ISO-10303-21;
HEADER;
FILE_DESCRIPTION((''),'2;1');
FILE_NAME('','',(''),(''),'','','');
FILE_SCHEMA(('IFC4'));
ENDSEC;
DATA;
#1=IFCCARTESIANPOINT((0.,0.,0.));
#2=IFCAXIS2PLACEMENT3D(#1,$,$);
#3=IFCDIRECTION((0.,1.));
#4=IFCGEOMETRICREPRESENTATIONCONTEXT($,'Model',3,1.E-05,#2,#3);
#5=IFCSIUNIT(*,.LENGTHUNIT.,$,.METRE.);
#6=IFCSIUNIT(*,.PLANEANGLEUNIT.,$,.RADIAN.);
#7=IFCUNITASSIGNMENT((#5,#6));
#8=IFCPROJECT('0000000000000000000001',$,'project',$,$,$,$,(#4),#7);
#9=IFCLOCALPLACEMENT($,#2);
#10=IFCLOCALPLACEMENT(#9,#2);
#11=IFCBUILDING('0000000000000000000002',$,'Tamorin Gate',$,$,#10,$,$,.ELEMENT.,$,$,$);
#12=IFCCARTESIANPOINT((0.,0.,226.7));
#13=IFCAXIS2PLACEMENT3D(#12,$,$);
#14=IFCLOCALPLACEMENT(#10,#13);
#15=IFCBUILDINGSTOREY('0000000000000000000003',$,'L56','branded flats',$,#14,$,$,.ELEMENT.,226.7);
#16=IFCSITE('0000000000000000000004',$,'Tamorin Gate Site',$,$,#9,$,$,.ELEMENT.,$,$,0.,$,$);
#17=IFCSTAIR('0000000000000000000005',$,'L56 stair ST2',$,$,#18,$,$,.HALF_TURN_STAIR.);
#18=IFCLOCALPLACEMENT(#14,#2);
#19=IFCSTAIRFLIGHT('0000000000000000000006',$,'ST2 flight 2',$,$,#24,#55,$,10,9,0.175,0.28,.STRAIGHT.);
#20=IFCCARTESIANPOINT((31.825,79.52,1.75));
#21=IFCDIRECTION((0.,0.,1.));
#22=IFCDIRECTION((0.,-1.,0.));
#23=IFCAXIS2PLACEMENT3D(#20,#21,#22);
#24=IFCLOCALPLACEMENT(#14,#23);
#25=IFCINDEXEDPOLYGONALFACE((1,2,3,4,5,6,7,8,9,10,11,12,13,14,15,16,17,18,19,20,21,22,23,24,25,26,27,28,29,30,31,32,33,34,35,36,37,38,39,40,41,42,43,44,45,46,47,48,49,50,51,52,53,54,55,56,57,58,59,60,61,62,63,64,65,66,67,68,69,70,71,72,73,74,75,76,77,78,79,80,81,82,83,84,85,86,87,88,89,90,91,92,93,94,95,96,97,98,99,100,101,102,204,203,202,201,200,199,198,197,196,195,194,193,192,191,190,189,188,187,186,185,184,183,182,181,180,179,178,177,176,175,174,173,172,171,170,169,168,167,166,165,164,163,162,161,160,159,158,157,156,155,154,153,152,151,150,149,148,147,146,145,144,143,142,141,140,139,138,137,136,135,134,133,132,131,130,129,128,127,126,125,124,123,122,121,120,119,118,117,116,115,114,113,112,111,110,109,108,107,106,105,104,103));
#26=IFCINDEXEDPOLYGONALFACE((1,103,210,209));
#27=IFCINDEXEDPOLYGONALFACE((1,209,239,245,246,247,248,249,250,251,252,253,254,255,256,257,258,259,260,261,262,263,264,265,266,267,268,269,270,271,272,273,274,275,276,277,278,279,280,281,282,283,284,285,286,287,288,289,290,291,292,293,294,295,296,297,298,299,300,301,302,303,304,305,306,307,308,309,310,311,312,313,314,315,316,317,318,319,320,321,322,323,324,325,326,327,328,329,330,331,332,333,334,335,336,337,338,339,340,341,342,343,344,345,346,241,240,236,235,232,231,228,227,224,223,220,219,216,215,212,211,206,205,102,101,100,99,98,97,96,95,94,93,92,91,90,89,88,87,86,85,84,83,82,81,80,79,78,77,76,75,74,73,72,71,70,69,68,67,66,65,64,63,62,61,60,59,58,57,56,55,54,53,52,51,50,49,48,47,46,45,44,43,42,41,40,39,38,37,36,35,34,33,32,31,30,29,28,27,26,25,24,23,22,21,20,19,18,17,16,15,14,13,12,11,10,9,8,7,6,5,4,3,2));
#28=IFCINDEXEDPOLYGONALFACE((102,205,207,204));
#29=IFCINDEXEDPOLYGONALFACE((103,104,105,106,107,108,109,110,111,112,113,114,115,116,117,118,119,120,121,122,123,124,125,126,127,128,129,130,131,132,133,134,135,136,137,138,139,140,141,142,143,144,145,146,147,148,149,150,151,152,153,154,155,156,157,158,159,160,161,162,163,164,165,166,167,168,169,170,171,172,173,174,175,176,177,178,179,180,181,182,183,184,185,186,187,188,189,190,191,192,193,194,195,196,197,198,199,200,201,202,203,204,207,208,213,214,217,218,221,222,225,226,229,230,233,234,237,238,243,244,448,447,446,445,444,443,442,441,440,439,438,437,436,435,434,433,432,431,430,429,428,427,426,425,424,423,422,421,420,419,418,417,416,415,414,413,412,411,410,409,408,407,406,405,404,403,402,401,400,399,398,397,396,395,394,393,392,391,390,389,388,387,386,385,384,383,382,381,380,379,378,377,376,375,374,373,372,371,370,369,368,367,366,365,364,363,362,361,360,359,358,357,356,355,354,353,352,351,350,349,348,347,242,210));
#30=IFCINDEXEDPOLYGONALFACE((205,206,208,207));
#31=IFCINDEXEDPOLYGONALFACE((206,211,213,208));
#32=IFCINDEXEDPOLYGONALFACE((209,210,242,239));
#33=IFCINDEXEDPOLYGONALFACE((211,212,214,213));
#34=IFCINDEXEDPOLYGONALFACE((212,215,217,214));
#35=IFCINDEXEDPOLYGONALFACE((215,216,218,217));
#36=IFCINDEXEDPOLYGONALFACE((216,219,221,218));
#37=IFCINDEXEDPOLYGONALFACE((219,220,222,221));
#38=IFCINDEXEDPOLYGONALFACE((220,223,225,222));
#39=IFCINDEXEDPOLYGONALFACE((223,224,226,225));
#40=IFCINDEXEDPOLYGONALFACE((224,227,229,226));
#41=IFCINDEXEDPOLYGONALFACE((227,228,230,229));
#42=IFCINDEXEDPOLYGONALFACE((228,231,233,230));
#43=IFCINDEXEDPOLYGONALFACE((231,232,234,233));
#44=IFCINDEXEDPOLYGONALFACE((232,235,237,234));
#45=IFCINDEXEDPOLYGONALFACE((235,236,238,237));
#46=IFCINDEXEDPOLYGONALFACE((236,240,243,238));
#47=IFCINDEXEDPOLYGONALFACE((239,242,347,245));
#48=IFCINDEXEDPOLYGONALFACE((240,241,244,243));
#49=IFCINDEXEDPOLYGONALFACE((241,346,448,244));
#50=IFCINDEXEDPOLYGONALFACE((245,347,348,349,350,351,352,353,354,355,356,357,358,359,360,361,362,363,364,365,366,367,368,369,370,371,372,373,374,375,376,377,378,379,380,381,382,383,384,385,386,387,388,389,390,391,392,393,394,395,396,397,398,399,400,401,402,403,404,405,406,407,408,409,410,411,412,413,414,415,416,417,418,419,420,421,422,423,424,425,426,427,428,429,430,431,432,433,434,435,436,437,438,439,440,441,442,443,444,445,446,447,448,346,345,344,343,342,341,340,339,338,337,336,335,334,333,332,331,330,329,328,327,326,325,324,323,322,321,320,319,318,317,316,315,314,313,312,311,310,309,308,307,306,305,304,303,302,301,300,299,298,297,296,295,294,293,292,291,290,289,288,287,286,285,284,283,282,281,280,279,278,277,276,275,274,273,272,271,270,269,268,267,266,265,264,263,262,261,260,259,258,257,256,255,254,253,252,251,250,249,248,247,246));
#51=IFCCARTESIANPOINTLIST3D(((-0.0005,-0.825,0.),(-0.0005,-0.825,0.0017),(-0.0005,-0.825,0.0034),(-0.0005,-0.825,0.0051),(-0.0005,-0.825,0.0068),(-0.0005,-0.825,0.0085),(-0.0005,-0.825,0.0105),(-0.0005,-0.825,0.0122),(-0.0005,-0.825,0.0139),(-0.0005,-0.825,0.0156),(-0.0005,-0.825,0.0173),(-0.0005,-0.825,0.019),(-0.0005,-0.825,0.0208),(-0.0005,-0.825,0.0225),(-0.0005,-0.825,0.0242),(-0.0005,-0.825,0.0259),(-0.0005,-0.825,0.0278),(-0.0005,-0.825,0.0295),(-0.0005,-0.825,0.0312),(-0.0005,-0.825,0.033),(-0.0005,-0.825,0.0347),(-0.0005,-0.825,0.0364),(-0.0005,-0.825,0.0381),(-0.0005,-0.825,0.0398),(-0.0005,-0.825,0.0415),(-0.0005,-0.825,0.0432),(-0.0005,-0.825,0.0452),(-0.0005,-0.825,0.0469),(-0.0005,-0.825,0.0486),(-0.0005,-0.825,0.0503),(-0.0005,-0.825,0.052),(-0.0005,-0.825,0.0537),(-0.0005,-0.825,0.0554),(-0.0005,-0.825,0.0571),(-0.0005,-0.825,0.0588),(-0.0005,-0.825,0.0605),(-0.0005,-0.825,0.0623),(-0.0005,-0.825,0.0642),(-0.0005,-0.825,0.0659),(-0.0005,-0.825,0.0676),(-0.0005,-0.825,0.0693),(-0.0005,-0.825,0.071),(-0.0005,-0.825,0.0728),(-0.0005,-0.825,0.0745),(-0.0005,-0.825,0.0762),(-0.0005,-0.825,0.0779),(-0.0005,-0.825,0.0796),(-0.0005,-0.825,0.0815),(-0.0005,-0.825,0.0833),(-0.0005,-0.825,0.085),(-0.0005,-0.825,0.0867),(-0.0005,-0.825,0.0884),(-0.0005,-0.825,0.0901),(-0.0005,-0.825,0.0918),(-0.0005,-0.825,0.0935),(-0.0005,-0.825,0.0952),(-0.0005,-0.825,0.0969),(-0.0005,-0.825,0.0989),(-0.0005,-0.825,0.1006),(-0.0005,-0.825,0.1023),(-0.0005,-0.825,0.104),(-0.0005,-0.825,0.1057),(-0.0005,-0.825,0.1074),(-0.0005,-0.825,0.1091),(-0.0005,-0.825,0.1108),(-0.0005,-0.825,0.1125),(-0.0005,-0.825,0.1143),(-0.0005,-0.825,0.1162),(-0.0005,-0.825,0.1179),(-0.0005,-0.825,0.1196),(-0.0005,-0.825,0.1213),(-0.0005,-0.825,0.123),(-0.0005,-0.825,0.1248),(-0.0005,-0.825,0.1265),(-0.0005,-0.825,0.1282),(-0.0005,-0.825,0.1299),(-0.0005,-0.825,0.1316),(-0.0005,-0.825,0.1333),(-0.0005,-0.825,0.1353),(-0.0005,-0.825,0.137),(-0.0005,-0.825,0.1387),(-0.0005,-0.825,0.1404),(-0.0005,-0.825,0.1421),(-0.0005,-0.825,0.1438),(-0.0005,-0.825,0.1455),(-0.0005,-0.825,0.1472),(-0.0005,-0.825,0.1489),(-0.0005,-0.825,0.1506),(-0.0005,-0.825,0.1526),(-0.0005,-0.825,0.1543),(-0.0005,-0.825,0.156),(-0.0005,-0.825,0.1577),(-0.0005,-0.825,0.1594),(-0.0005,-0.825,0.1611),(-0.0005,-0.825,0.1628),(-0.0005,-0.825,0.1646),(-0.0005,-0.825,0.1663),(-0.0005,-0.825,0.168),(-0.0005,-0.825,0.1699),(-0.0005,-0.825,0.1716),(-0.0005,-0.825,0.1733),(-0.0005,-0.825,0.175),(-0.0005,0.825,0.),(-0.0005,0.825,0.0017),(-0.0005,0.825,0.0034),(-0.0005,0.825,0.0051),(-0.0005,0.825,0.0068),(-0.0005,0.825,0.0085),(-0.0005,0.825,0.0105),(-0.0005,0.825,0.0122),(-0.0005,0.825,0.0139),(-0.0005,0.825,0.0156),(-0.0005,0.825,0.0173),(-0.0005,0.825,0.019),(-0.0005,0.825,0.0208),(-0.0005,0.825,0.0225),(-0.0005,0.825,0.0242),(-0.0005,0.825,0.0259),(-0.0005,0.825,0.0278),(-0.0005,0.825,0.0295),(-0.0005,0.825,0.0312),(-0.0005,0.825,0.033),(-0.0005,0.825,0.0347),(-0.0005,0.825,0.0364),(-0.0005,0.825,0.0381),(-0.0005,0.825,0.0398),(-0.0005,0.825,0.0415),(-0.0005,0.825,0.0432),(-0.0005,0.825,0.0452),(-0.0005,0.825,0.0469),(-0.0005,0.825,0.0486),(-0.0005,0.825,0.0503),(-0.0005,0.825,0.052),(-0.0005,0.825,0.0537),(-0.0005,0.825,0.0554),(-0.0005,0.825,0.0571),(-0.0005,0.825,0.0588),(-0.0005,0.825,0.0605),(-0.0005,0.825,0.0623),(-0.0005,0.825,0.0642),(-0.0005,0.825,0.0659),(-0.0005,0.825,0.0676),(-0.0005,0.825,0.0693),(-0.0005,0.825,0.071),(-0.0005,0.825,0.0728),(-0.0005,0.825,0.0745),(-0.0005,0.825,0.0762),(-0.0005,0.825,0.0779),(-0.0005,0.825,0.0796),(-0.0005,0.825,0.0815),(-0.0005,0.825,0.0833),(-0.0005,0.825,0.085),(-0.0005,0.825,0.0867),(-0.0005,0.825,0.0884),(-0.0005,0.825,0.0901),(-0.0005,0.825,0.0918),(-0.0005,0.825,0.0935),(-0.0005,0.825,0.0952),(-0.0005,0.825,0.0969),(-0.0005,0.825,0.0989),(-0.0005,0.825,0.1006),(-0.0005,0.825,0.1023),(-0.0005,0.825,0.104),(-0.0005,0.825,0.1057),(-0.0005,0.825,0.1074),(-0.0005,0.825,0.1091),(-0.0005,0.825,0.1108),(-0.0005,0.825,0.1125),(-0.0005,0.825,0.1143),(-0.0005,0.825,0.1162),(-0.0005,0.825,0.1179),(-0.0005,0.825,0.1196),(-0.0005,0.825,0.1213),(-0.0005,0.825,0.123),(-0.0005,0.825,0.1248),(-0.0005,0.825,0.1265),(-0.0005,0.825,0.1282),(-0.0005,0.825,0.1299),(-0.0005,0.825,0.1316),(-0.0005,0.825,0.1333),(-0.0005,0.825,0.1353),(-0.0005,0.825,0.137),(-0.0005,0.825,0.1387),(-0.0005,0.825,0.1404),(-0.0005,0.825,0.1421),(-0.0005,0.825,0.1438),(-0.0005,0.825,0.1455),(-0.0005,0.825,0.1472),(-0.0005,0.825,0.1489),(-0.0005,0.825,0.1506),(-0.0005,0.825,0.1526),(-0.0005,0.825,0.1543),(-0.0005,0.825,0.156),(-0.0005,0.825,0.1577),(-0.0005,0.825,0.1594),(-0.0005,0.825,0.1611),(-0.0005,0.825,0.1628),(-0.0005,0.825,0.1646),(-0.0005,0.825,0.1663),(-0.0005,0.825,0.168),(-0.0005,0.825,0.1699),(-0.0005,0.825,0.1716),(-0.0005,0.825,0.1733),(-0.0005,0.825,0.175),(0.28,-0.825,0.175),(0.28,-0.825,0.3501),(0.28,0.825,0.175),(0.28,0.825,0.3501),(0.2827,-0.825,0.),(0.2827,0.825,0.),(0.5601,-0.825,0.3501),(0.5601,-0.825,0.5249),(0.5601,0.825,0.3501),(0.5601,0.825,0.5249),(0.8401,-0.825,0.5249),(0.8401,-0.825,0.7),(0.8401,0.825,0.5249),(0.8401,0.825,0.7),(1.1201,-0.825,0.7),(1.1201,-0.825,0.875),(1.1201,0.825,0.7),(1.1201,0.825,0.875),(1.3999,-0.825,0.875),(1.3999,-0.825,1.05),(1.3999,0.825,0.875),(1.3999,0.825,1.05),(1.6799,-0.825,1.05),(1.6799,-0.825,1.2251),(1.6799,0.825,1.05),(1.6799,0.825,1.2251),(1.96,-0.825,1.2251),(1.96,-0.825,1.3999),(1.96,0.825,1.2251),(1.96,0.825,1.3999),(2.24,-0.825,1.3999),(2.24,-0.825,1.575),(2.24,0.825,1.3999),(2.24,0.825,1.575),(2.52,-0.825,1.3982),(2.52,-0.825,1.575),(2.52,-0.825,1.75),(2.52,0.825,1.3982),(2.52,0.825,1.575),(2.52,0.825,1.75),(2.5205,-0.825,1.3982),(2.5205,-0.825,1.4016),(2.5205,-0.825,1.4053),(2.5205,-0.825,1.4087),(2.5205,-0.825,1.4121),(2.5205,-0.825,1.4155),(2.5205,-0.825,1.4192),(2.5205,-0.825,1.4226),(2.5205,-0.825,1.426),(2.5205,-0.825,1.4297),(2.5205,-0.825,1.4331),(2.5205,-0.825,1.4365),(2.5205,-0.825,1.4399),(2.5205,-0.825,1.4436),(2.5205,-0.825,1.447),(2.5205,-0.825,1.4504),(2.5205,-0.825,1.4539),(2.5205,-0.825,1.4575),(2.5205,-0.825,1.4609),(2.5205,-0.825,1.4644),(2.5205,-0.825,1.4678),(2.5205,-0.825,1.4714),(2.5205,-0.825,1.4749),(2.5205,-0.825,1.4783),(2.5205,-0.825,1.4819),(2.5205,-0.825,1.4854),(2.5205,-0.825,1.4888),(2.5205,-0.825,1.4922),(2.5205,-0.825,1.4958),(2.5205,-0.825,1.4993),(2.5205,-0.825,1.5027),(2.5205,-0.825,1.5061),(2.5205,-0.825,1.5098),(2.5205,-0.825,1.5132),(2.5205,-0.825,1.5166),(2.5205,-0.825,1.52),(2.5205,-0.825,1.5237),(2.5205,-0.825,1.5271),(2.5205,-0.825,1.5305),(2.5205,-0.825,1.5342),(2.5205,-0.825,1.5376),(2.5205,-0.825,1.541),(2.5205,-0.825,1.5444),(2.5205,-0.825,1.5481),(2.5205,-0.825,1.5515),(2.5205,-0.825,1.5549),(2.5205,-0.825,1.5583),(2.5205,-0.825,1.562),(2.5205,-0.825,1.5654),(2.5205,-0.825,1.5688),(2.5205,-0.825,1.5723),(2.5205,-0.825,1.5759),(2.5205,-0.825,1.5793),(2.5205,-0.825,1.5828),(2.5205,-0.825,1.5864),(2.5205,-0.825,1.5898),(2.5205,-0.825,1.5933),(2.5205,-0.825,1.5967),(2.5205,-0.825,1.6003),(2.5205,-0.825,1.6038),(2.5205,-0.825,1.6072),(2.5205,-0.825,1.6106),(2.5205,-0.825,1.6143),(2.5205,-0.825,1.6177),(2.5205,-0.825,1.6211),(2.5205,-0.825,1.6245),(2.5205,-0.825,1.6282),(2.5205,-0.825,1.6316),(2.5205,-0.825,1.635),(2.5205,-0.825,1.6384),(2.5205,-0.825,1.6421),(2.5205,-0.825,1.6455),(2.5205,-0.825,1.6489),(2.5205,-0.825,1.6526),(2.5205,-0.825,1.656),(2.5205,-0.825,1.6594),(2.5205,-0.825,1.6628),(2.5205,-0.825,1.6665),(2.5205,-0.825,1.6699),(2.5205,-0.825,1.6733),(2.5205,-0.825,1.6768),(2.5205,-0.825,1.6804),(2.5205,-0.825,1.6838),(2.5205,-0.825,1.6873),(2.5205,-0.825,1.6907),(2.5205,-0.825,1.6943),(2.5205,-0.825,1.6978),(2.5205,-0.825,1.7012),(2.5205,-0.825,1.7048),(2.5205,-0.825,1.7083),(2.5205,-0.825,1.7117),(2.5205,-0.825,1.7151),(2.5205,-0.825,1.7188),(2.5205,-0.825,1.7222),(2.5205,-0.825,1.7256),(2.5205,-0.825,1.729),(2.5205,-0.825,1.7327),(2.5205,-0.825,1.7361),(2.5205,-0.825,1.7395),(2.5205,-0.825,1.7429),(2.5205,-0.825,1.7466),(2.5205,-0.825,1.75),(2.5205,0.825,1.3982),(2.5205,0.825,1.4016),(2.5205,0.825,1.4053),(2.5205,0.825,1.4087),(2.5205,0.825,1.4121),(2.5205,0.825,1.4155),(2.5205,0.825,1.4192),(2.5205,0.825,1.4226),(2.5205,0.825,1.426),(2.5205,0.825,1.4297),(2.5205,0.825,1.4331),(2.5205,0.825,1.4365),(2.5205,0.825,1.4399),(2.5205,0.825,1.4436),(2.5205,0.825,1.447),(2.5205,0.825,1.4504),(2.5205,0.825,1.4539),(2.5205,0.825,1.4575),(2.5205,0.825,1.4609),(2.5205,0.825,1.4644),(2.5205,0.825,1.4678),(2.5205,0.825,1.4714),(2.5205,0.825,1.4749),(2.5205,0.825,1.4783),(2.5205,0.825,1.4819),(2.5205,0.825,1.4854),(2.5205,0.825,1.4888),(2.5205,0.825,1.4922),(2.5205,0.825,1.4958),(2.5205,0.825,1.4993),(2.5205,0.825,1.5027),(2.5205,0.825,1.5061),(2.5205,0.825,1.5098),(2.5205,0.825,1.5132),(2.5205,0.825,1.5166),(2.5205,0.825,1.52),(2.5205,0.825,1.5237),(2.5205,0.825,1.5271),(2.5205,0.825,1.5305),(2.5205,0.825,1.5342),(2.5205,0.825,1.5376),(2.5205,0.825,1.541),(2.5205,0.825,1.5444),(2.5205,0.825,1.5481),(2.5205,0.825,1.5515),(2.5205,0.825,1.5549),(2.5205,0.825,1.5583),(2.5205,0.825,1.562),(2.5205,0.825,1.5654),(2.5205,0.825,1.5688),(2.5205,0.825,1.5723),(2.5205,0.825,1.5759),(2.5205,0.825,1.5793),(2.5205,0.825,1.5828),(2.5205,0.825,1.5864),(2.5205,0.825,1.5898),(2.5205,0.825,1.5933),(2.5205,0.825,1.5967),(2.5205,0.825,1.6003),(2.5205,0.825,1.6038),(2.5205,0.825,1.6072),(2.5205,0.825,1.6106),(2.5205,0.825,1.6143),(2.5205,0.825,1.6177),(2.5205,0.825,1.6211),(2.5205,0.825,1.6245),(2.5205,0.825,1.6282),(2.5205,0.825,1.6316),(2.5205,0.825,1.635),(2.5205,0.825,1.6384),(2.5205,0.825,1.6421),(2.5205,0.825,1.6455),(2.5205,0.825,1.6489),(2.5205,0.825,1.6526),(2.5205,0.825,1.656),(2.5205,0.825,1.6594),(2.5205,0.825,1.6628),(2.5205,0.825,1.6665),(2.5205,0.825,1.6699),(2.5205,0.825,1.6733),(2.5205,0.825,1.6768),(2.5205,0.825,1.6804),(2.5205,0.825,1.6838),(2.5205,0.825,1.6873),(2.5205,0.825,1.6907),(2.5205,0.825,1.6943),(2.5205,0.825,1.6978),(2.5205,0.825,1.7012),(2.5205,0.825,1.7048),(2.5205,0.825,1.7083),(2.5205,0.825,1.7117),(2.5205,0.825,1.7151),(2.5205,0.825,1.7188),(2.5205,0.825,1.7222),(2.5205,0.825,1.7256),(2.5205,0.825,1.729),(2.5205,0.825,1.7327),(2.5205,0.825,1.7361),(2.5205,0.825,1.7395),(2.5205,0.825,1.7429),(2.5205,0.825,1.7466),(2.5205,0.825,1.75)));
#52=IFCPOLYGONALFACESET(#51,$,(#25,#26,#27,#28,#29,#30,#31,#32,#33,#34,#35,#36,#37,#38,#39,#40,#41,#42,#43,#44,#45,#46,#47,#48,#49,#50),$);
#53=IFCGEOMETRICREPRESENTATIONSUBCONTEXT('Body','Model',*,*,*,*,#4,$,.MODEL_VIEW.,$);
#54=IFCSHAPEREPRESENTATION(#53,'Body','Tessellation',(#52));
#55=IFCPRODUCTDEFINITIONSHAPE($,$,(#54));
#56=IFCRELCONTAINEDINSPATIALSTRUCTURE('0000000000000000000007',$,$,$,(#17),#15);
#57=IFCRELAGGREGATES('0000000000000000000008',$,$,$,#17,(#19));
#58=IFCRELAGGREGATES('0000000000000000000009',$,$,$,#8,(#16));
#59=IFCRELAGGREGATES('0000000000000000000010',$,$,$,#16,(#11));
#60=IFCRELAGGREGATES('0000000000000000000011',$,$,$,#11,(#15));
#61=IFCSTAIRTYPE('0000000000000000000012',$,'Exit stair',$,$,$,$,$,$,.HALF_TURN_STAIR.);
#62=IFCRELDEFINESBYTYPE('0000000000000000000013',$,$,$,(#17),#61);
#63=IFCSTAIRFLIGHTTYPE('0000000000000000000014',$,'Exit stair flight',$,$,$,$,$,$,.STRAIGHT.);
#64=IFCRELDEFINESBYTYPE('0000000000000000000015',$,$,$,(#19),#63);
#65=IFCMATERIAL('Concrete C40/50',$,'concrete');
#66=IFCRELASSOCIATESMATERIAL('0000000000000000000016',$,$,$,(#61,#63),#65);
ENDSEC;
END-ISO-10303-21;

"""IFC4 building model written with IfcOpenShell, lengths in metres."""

from ifc_helpers import new_model, si_unit, direction, frame, origin, place, context, subcontext, project, spatial, polyline, outline, extrude, material, type_object, element, aggregate, save


model = new_model("IFC4")

# Units and contexts
model_context = context("Model", 3, precision=1e-05, world=origin(), true_north=direction((0.0, 1.0)))
body_context = subcontext(model_context, "Body", "Model", "MODEL_VIEW")
ifc_project = project(units=[si_unit("LENGTHUNIT", "METRE"), si_unit("PLANEANGLEUNIT", "RADIAN")], contexts=[model_context])

# Site, building, storey
site_placement = place(None, origin())
site = spatial("IfcSite", under=ifc_project, at=site_placement, Name="Tamorin Gate Site", CompositionType="ELEMENT", RefElevation=0.0)
building_placement = place(site_placement, origin())
building = spatial("IfcBuilding", under=site, at=building_placement, Name="Tamorin Gate", CompositionType="ELEMENT")
storey_placement = place(building_placement, frame((0.0, 0.0, 226.7)))
storey = spatial("IfcBuildingStorey", under=building, at=storey_placement, Name="L56", Description="branded flats", CompositionType="ELEMENT", Elevation=226.7)

# Shared definitions
ifc_material_1 = material(Name="Concrete C40/50", Category="concrete")

# Stair, stair flight
stair_type = type_object("IfcStairType", Name="Exit stair", PredefinedType="HALF_TURN_STAIR", material=ifc_material_1)
stair_flight_type = type_object("IfcStairFlightType", Name="Exit stair flight", PredefinedType="STRAIGHT", material=ifc_material_1)
stair_1_placement = place(storey_placement, origin())
stair_1 = element("IfcStair", 1, at=stair_1_placement, inside=storey, type_object=stair_type, Name="L56 stair ST2", PredefinedType="HALF_TURN_STAIR")
stair_flight_1_placement = place(storey_placement, frame((31.825, 79.52, 1.75), z_axis=(0.0, 0.0, 1.0), x_axis=(0.0, -1.0, 0.0)))
stair_flight_1 = element("IfcStairFlight", 2, at=stair_flight_1_placement, type_object=stair_flight_type, Name="ST2 flight 2", NumberOfRisers=10, NumberOfTreads=9, PredefinedType="STRAIGHT", RiserHeight=0.175, TreadLength=0.28, context=body_context, shape_type="SweptSolid", body=[
    extrude(outline(polyline([(-0.0005, 0.0), (-0.0005, 0.0017), (-0.0005, 0.0034), (-0.0005, 0.0051), (-0.0005, 0.0068), (-0.0005, 0.0085), (-0.0005, 0.0105), (-0.0005, 0.0122), (-0.0005, 0.0139), (-0.0005, 0.0156), (-0.0005, 0.0173), (-0.0005, 0.019), (-0.0005, 0.0208), (-0.0005, 0.0225), (-0.0005, 0.0242), (-0.0005, 0.0259), (-0.0005, 0.0278), (-0.0005, 0.0295), (-0.0005, 0.0312), (-0.0005, 0.033), (-0.0005, 0.0347), (-0.0005, 0.0364), (-0.0005, 0.0381), (-0.0005, 0.0398), (-0.0005, 0.0415), (-0.0005, 0.0432), (-0.0005, 0.0452), (-0.0005, 0.0469), (-0.0005, 0.0486), (-0.0005, 0.0503), (-0.0005, 0.052), (-0.0005, 0.0537), (-0.0005, 0.0554), (-0.0005, 0.0571), (-0.0005, 0.0588), (-0.0005, 0.0605), (-0.0005, 0.0623), (-0.0005, 0.0642), (-0.0005, 0.0659), (-0.0005, 0.0676), (-0.0005, 0.0693), (-0.0005, 0.071), (-0.0005, 0.0728), (-0.0005, 0.0745), (-0.0005, 0.0762), (-0.0005, 0.0779), (-0.0005, 0.0796), (-0.0005, 0.0815), (-0.0005, 0.0833), (-0.0005, 0.085), (-0.0005, 0.0867), (-0.0005, 0.0884), (-0.0005, 0.0901), (-0.0005, 0.0918), (-0.0005, 0.0935), (-0.0005, 0.0952), (-0.0005, 0.0969), (-0.0005, 0.0989), (-0.0005, 0.1006), (-0.0005, 0.1023), (-0.0005, 0.104), (-0.0005, 0.1057), (-0.0005, 0.1074), (-0.0005, 0.1091), (-0.0005, 0.1108), (-0.0005, 0.1125), (-0.0005, 0.1143), (-0.0005, 0.1162), (-0.0005, 0.1179), (-0.0005, 0.1196), (-0.0005, 0.1213), (-0.0005, 0.123), (-0.0005, 0.1248), (-0.0005, 0.1265), (-0.0005, 0.1282), (-0.0005, 0.1299), (-0.0005, 0.1316), (-0.0005, 0.1333), (-0.0005, 0.1353), (-0.0005, 0.137), (-0.0005, 0.1387), (-0.0005, 0.1404), (-0.0005, 0.1421), (-0.0005, 0.1438), (-0.0005, 0.1455), (-0.0005, 0.1472), (-0.0005, 0.1489), (-0.0005, 0.1506), (-0.0005, 0.1526), (-0.0005, 0.1543), (-0.0005, 0.156), (-0.0005, 0.1577), (-0.0005, 0.1594), (-0.0005, 0.1611), (-0.0005, 0.1628), (-0.0005, 0.1646), (-0.0005, 0.1663), (-0.0005, 0.168), (-0.0005, 0.1699), (-0.0005, 0.1716), (-0.0005, 0.1733), (-0.0005, 0.175), (0.28, 0.175), (0.28, 0.3501), (0.5601, 0.3501), (0.5601, 0.5249), (0.8401, 0.5249), (0.8401, 0.7), (1.1201, 0.7), (1.1201, 0.875), (1.3999, 0.875), (1.3999, 1.05), (1.6799, 1.05), (1.6799, 1.2251), (1.96, 1.2251), (1.96, 1.3999), (2.24, 1.3999), (2.24, 1.575), (2.52, 1.575), (2.52, 1.75), (2.5205, 1.75), (2.5205, 1.7466), (2.5205, 1.7429), (2.5205, 1.7395), (2.5205, 1.7361), (2.5205, 1.7327), (2.5205, 1.729), (2.5205, 1.7256), (2.5205, 1.7222), (2.5205, 1.7188), (2.5205, 1.7151), (2.5205, 1.7117), (2.5205, 1.7083), (2.5205, 1.7048), (2.5205, 1.7012), (2.5205, 1.6978), (2.5205, 1.6943), (2.5205, 1.6907), (2.5205, 1.6873), (2.5205, 1.6838), (2.5205, 1.6804), (2.5205, 1.6768), (2.5205, 1.6733), (2.5205, 1.6699), (2.5205, 1.6665), (2.5205, 1.6628), (2.5205, 1.6594), (2.5205, 1.656), (2.5205, 1.6526), (2.5205, 1.6489), (2.5205, 1.6455), (2.5205, 1.6421), (2.5205, 1.6384), (2.5205, 1.635), (2.5205, 1.6316), (2.5205, 1.6282), (2.5205, 1.6245), (2.5205, 1.6211), (2.5205, 1.6177), (2.5205, 1.6143), (2.5205, 1.6106), (2.5205, 1.6072), (2.5205, 1.6038), (2.5205, 1.6003), (2.5205, 1.5967), (2.5205, 1.5933), (2.5205, 1.5898), (2.5205, 1.5864), (2.5205, 1.5828), (2.5205, 1.5793), (2.5205, 1.5759), (2.5205, 1.5723), (2.5205, 1.5688), (2.5205, 1.5654), (2.5205, 1.562), (2.5205, 1.5583), (2.5205, 1.5549), (2.5205, 1.5515), (2.5205, 1.5481), (2.5205, 1.5444), (2.5205, 1.541), (2.5205, 1.5376), (2.5205, 1.5342), (2.5205, 1.5305), (2.5205, 1.5271), (2.5205, 1.5237), (2.5205, 1.52), (2.5205, 1.5166), (2.5205, 1.5132), (2.5205, 1.5098), (2.5205, 1.5061), (2.5205, 1.5027), (2.5205, 1.4993), (2.5205, 1.4958), (2.5205, 1.4922), (2.5205, 1.4888), (2.5205, 1.4854), (2.5205, 1.4819), (2.5205, 1.4783), (2.5205, 1.4749), (2.5205, 1.4714), (2.5205, 1.4678), (2.5205, 1.4644), (2.5205, 1.4609), (2.5205, 1.4575), (2.5205, 1.4539), (2.5205, 1.4504), (2.5205, 1.447), (2.5205, 1.4436), (2.5205, 1.4399), (2.5205, 1.4365), (2.5205, 1.4331), (2.5205, 1.4297), (2.5205, 1.426), (2.5205, 1.4226), (2.5205, 1.4192), (2.5205, 1.4155), (2.5205, 1.4121), (2.5205, 1.4087), (2.5205, 1.4053), (2.5205, 1.4016), (2.5205, 1.3982), (2.52, 1.3982), (0.2827, 0.0), (-0.0005, 0.0)])), frame((0.0, 0.825, 0.0), z_axis=(0.0, -1.0, 0.0), x_axis=(1.0, 0.0, 0.0)), (0.0, 0.0, 1.0), 1.6499),
])
aggregate(stair_1, [stair_flight_1])

save(model, "model.ifc")
